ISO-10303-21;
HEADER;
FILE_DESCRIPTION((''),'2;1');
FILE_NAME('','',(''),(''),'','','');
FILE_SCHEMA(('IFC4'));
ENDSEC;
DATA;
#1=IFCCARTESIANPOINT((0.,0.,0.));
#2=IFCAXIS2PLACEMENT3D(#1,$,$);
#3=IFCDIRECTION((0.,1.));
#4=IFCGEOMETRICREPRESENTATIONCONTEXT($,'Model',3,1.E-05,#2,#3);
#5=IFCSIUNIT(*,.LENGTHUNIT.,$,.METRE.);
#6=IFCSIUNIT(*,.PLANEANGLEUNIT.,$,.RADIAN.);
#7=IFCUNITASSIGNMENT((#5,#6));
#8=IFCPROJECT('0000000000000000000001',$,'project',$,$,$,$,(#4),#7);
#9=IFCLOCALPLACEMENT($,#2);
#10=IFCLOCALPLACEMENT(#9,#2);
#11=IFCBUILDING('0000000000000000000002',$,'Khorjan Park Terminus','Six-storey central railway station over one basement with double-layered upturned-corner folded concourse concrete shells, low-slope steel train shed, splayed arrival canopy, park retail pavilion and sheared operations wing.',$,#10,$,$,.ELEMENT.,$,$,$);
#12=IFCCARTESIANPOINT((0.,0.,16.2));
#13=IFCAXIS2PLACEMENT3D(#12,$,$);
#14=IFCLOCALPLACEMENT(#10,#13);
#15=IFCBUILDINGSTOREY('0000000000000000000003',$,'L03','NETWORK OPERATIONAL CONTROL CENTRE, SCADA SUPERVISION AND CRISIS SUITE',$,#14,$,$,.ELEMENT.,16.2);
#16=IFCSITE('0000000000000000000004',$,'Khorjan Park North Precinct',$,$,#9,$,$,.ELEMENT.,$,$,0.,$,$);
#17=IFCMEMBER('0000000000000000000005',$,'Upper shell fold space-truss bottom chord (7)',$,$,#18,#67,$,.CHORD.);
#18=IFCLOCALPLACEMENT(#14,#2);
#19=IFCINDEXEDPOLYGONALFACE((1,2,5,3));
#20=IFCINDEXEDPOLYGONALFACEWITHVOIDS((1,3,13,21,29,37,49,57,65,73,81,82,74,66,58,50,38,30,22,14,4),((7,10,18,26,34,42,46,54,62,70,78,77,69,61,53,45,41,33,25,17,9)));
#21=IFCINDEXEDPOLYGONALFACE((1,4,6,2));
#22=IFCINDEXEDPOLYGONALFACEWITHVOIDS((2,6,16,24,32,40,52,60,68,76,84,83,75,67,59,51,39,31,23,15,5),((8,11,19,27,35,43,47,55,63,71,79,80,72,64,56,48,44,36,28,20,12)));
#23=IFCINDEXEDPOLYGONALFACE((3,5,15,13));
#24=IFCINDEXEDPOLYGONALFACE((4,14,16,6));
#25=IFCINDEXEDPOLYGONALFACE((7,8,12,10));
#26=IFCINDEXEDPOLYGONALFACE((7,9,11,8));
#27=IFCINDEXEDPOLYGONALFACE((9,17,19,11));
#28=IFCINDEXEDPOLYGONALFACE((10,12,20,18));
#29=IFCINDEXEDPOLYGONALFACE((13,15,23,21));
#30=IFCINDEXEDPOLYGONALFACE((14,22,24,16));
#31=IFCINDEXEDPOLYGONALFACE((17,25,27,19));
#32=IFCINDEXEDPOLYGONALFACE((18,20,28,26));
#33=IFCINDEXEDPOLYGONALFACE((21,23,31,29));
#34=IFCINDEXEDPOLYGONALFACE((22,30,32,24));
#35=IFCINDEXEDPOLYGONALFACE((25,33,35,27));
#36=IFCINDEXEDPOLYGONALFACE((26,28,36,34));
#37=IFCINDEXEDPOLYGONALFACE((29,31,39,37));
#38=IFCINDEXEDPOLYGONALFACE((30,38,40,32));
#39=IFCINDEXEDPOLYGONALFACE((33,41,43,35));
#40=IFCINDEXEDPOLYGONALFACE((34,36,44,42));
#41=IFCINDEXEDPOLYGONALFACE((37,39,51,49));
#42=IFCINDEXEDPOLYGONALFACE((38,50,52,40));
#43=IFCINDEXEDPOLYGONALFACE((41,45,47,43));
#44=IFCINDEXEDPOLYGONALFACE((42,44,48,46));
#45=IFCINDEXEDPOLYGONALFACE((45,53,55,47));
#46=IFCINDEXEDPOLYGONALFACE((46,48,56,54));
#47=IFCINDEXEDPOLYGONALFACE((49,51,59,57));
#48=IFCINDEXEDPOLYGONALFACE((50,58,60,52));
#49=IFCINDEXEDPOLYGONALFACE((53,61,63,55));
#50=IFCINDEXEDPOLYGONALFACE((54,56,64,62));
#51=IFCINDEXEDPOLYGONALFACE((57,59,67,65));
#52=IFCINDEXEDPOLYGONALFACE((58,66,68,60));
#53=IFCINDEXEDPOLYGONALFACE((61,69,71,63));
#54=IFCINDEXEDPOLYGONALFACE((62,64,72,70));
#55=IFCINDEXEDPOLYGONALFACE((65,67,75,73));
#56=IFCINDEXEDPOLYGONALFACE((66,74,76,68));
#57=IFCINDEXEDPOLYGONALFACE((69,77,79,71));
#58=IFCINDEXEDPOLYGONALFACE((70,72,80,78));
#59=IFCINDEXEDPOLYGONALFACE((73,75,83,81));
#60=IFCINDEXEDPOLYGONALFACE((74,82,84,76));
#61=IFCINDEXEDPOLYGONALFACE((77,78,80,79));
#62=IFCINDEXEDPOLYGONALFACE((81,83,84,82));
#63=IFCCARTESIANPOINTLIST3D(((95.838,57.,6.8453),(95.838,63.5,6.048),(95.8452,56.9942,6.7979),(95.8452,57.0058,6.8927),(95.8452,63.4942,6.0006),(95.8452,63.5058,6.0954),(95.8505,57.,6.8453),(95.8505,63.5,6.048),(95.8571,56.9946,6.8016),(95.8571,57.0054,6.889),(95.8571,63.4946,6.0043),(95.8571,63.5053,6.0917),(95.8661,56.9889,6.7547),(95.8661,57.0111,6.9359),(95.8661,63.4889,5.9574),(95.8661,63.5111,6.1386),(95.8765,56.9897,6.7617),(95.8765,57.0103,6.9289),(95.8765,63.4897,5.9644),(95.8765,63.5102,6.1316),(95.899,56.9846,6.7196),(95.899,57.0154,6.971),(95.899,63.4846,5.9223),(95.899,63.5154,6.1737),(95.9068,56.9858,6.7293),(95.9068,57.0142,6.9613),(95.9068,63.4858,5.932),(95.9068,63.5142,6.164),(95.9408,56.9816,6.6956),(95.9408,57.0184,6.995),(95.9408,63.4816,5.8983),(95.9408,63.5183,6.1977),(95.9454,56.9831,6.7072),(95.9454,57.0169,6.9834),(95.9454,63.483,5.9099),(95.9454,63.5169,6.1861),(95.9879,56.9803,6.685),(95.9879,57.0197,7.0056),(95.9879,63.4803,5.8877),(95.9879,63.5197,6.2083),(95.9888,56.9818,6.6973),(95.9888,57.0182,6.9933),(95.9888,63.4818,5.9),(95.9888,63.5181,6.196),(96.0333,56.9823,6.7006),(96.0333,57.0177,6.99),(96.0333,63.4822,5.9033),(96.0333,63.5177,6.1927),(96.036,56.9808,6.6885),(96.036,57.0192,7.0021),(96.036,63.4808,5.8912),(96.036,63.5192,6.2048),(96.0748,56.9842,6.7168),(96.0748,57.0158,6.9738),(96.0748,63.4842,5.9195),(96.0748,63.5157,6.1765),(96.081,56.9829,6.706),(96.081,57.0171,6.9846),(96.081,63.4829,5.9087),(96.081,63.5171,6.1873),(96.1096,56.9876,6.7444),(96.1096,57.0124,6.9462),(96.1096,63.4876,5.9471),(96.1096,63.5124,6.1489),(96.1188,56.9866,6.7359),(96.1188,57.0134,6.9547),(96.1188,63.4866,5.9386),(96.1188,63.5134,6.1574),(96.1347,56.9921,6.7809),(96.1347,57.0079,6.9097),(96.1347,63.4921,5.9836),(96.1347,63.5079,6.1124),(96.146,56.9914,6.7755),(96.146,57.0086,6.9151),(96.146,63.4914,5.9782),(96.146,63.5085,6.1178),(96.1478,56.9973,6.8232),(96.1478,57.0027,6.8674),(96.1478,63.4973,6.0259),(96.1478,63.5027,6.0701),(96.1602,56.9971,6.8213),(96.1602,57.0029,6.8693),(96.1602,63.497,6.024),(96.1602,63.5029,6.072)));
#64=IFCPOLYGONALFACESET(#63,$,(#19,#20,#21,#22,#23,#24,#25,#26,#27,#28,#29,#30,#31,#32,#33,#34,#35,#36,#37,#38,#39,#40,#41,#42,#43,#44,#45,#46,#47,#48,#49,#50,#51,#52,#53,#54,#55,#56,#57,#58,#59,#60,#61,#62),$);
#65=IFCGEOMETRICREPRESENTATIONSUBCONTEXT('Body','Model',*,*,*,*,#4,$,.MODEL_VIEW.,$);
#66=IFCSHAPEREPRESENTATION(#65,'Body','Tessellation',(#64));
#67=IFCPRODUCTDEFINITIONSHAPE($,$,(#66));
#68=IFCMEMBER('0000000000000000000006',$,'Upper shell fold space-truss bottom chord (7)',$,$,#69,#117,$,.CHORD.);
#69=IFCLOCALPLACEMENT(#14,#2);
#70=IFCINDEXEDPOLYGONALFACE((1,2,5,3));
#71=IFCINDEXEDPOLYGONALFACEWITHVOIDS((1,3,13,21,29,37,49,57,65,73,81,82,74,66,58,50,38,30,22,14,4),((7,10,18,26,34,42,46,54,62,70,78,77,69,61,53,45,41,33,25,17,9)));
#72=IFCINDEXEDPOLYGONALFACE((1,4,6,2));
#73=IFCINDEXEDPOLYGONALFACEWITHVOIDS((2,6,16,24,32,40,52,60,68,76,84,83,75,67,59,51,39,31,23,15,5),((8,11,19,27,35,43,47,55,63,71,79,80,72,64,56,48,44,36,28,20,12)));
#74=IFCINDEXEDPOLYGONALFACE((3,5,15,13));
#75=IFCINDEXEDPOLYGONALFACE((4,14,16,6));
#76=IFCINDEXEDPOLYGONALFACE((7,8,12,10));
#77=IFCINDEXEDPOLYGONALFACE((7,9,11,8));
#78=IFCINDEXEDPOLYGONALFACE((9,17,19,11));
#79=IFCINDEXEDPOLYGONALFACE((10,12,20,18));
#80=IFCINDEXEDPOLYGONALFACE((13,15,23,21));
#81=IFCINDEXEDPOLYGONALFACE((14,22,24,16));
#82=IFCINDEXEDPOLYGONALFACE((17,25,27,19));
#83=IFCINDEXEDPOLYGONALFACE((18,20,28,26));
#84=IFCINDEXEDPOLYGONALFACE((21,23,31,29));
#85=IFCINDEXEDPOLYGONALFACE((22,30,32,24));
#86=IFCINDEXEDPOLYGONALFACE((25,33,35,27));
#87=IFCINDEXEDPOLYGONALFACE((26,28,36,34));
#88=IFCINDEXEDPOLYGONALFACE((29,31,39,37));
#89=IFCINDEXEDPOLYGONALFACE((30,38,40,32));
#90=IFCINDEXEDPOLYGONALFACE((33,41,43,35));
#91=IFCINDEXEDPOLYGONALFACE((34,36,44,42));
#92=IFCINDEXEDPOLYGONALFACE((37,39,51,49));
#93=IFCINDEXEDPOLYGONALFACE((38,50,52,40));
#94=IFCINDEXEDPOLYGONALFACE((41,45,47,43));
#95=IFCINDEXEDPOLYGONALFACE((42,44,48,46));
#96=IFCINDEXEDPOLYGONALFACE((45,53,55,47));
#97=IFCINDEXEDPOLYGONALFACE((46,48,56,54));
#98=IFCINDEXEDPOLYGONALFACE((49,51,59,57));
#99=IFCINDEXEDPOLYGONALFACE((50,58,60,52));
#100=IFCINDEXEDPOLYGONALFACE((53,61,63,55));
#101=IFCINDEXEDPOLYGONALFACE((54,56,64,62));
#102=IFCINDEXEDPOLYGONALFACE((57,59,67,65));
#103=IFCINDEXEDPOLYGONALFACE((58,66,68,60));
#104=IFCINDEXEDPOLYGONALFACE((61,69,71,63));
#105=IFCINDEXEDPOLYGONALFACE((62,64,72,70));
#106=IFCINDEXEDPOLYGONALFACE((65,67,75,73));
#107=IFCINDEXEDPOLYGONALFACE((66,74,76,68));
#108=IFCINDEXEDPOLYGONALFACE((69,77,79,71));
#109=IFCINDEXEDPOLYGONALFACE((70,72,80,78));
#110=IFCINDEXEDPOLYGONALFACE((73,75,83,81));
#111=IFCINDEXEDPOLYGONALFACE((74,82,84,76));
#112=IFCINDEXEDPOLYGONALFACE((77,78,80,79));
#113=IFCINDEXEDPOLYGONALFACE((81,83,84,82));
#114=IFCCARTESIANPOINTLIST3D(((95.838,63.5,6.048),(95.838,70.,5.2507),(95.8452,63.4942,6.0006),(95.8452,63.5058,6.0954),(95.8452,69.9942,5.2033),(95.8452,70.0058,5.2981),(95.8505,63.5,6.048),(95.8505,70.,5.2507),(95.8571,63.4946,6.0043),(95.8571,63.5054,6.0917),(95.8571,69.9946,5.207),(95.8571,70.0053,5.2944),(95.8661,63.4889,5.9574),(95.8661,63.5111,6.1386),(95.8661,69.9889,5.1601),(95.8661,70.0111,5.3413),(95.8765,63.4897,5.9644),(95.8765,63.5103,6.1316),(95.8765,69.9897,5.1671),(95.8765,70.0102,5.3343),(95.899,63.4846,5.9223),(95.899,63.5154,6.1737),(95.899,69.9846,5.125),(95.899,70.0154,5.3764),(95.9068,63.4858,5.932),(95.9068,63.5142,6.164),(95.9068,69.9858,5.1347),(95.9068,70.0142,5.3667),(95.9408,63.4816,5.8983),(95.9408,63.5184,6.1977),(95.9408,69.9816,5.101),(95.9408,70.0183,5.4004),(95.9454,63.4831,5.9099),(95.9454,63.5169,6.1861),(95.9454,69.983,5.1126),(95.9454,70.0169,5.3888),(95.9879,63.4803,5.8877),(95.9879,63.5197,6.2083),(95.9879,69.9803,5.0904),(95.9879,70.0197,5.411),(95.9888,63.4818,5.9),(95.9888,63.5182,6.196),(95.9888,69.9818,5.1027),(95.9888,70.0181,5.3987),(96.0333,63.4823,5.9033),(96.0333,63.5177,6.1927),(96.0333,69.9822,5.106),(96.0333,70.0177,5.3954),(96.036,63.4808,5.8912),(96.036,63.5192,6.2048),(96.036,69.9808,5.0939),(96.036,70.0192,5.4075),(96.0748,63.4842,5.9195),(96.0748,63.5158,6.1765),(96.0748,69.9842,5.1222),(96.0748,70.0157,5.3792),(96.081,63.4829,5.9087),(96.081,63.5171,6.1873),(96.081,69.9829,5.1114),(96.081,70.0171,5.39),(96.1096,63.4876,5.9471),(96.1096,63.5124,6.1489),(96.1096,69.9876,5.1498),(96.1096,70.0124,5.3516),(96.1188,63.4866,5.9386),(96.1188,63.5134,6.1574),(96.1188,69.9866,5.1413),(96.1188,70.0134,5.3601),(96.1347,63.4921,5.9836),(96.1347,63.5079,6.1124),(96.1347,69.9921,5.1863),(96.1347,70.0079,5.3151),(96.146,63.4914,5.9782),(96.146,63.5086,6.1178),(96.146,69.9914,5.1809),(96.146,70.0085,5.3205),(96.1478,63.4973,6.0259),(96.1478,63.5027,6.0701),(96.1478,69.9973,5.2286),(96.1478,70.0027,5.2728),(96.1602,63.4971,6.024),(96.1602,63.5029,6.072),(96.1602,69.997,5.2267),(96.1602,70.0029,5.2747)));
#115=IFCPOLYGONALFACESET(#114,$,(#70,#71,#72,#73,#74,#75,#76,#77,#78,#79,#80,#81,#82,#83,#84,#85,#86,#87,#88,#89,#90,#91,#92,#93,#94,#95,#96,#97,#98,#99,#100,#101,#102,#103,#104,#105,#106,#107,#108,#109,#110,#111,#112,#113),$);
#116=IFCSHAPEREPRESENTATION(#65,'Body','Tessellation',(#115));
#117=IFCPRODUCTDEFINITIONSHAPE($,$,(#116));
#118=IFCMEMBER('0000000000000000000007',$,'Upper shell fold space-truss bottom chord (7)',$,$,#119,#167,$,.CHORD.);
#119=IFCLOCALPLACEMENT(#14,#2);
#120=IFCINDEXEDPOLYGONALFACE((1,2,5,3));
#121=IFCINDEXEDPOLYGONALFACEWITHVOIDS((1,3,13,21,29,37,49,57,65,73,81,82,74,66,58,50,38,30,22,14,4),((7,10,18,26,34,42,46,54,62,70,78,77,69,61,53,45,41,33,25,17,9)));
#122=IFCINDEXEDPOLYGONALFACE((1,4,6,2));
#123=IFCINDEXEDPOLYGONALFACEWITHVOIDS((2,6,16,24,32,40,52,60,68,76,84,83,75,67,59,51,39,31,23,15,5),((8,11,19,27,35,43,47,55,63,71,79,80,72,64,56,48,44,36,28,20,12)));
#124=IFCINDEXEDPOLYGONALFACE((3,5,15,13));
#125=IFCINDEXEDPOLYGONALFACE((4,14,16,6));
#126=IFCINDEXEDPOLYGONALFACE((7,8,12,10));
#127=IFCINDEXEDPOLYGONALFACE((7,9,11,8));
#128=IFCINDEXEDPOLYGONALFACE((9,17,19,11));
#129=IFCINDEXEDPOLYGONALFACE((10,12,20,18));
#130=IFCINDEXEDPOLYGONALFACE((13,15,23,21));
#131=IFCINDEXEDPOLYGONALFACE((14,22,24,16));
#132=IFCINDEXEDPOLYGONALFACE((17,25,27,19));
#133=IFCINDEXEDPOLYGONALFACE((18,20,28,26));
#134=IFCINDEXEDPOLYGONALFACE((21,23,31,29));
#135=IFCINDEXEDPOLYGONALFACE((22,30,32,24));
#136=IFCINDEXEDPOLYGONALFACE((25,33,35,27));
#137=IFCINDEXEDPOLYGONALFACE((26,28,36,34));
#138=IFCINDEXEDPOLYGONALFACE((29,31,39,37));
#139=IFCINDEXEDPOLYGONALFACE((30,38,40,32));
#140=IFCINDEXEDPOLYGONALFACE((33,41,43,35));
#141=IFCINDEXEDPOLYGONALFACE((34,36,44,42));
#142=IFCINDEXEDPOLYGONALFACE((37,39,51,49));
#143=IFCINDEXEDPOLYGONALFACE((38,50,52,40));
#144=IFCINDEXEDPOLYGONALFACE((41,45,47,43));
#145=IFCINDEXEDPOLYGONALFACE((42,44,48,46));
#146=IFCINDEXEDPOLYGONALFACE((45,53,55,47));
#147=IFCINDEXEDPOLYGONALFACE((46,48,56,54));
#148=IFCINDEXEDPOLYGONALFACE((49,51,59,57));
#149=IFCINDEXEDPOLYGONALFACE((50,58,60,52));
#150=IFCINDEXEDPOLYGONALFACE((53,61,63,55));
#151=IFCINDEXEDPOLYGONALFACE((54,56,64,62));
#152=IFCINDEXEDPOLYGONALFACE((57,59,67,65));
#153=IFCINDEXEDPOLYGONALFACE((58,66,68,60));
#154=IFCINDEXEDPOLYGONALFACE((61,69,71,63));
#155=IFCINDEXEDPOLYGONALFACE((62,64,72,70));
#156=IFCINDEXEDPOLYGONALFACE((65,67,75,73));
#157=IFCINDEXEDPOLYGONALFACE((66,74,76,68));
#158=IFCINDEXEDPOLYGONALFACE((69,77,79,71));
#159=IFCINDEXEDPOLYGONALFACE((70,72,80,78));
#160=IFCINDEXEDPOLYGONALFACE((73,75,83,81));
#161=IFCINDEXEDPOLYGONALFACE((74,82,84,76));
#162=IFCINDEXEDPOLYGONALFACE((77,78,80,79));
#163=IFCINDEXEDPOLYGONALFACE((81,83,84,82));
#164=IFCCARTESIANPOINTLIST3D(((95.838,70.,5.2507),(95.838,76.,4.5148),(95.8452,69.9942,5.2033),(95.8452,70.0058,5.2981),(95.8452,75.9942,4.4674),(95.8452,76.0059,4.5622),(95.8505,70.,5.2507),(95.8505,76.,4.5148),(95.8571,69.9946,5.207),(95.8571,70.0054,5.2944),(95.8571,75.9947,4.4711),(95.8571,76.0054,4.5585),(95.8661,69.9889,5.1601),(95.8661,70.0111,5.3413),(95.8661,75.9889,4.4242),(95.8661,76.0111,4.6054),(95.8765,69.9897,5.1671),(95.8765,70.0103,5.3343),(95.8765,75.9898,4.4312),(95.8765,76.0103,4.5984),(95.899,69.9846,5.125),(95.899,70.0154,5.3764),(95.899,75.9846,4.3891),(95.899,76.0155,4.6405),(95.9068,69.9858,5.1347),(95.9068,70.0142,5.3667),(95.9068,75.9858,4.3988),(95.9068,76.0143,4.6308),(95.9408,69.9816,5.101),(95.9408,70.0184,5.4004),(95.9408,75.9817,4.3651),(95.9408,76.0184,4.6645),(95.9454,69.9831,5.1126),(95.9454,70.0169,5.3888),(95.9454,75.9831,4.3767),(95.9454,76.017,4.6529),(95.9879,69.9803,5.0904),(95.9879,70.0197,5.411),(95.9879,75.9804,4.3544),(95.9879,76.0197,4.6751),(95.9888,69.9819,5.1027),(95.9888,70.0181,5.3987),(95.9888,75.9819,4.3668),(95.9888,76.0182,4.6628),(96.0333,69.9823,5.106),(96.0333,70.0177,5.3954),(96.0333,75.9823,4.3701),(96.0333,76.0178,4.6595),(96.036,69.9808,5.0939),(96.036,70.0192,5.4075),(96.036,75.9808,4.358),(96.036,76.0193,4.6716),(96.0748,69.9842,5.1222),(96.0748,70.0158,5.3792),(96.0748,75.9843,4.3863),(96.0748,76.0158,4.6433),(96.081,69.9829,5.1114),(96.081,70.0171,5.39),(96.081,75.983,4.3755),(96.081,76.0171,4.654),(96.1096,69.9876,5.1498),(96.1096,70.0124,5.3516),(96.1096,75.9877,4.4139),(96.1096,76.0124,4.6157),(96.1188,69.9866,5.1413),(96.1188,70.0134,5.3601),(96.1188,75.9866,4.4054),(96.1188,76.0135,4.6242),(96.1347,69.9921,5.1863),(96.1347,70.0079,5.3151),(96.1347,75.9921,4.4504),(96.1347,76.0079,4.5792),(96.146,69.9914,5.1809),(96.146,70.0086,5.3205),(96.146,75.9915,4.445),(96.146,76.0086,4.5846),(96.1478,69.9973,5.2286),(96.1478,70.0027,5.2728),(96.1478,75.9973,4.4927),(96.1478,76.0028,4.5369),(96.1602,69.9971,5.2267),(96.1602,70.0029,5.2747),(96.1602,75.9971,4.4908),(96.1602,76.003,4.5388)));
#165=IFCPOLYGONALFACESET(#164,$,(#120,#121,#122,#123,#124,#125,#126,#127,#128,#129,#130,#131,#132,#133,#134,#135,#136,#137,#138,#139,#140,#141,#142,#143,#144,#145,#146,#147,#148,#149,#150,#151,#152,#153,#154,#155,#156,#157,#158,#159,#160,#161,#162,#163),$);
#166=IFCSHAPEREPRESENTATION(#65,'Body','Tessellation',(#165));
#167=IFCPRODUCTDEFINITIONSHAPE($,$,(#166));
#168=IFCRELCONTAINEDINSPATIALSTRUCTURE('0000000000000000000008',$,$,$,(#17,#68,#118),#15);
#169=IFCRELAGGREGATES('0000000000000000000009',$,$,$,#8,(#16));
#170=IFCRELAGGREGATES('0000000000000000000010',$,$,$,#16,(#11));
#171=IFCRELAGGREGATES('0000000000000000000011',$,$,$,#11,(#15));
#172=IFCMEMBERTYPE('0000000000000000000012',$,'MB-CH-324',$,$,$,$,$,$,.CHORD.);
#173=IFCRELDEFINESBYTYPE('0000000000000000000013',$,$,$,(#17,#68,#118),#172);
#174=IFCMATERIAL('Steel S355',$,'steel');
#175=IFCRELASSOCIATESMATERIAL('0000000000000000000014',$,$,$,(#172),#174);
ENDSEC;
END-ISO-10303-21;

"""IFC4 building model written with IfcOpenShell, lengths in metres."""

from ifc_helpers import new_model, si_unit, direction, frame, origin, origin_2d, place, context, subcontext, project, spatial, hollow_circle, extrude, material, material_profile, profile_set, type_object, element, save


model = new_model("IFC4")

# Units and contexts
model_context = context("Model", 3, precision=1e-05, world=origin(), true_north=direction((0.0, 1.0)))
body_context = subcontext(model_context, "Body", "Model", "MODEL_VIEW")
ifc_project = project(units=[si_unit("LENGTHUNIT", "METRE"), si_unit("PLANEANGLEUNIT", "RADIAN")], contexts=[model_context])

# Site, building, storey
site_placement = place(None, origin())
site = spatial("IfcSite", under=ifc_project, at=site_placement, Name="Khorjan Park North Precinct", CompositionType="ELEMENT", RefElevation=0.0)
building_placement = place(site_placement, origin())
building = spatial("IfcBuilding", under=site, at=building_placement, Name="Khorjan Park Terminus", Description="Six-storey central railway station over one basement with double-layered upturned-corner folded concourse concrete shells, low-slope steel train shed, splayed arrival canopy, park retail pavilion and sheared operations wing.", CompositionType="ELEMENT")
storey_placement = place(building_placement, frame((0.0, 0.0, 16.2)))
storey = spatial("IfcBuildingStorey", under=building, at=storey_placement, Name="L03", Description="NETWORK OPERATIONAL CONTROL CENTRE, SCADA SUPERVISION AND CRISIS SUITE", CompositionType="ELEMENT", Elevation=16.2)

# Members
ifc_material = material(Name="Steel S355", Category="steel")
ifc_material_profile_1 = material_profile(ifc_material, hollow_circle(Radius=0.162, WallThickness=0.0125, at=origin_2d()), Name="CHS 323.9x12.5")
ifc_profile_set_1 = profile_set([ifc_material_profile_1], Name="Steel S355")
member_type_1 = type_object("IfcMemberType", Name="MB-CH-324", PredefinedType="CHORD", material=ifc_profile_set_1)
for number, where, z_axis, x_axis, name in (
    (1, (96.0, 57.0, 6.8453), (0.0, 0.992561, -0.121749), (-1.0, 0.0, 0.0), "Upper shell fold space-truss bottom chord (7)"),
    (2, (96.0, 63.5, 6.048), (0.0, 0.992561, -0.121749), (-1.0, 0.0, 0.0), "Upper shell fold space-truss bottom chord (7)"),
):
    element("IfcMember", number, at=place(storey_placement, frame(where, z_axis=z_axis, x_axis=x_axis)), inside=storey, type_object=member_type_1, Name=name, PredefinedType="CHORD", context=body_context, shape_type="SweptSolid", body=[
        extrude(hollow_circle(Radius=0.162, WallThickness=0.0125, at=origin_2d()), origin(), (0.0, 0.0, 1.0), 6.5487),
    ])
member_1_placement = place(storey_placement, frame((96.0, 70.0, 5.2507), z_axis=(0.0, 0.992562, -0.121738), x_axis=(-1.0, 0.0, 0.0)))
element("IfcMember", 3, at=member_1_placement, inside=storey, type_object=member_type_1, Name="Upper shell fold space-truss bottom chord (7)", PredefinedType="CHORD", context=body_context, shape_type="SweptSolid", body=[
    extrude(hollow_circle(Radius=0.162, WallThickness=0.0125, at=origin_2d()), origin(), (0.0, 0.0, 1.0), 6.045),
])

save(model, "model.ifc")
